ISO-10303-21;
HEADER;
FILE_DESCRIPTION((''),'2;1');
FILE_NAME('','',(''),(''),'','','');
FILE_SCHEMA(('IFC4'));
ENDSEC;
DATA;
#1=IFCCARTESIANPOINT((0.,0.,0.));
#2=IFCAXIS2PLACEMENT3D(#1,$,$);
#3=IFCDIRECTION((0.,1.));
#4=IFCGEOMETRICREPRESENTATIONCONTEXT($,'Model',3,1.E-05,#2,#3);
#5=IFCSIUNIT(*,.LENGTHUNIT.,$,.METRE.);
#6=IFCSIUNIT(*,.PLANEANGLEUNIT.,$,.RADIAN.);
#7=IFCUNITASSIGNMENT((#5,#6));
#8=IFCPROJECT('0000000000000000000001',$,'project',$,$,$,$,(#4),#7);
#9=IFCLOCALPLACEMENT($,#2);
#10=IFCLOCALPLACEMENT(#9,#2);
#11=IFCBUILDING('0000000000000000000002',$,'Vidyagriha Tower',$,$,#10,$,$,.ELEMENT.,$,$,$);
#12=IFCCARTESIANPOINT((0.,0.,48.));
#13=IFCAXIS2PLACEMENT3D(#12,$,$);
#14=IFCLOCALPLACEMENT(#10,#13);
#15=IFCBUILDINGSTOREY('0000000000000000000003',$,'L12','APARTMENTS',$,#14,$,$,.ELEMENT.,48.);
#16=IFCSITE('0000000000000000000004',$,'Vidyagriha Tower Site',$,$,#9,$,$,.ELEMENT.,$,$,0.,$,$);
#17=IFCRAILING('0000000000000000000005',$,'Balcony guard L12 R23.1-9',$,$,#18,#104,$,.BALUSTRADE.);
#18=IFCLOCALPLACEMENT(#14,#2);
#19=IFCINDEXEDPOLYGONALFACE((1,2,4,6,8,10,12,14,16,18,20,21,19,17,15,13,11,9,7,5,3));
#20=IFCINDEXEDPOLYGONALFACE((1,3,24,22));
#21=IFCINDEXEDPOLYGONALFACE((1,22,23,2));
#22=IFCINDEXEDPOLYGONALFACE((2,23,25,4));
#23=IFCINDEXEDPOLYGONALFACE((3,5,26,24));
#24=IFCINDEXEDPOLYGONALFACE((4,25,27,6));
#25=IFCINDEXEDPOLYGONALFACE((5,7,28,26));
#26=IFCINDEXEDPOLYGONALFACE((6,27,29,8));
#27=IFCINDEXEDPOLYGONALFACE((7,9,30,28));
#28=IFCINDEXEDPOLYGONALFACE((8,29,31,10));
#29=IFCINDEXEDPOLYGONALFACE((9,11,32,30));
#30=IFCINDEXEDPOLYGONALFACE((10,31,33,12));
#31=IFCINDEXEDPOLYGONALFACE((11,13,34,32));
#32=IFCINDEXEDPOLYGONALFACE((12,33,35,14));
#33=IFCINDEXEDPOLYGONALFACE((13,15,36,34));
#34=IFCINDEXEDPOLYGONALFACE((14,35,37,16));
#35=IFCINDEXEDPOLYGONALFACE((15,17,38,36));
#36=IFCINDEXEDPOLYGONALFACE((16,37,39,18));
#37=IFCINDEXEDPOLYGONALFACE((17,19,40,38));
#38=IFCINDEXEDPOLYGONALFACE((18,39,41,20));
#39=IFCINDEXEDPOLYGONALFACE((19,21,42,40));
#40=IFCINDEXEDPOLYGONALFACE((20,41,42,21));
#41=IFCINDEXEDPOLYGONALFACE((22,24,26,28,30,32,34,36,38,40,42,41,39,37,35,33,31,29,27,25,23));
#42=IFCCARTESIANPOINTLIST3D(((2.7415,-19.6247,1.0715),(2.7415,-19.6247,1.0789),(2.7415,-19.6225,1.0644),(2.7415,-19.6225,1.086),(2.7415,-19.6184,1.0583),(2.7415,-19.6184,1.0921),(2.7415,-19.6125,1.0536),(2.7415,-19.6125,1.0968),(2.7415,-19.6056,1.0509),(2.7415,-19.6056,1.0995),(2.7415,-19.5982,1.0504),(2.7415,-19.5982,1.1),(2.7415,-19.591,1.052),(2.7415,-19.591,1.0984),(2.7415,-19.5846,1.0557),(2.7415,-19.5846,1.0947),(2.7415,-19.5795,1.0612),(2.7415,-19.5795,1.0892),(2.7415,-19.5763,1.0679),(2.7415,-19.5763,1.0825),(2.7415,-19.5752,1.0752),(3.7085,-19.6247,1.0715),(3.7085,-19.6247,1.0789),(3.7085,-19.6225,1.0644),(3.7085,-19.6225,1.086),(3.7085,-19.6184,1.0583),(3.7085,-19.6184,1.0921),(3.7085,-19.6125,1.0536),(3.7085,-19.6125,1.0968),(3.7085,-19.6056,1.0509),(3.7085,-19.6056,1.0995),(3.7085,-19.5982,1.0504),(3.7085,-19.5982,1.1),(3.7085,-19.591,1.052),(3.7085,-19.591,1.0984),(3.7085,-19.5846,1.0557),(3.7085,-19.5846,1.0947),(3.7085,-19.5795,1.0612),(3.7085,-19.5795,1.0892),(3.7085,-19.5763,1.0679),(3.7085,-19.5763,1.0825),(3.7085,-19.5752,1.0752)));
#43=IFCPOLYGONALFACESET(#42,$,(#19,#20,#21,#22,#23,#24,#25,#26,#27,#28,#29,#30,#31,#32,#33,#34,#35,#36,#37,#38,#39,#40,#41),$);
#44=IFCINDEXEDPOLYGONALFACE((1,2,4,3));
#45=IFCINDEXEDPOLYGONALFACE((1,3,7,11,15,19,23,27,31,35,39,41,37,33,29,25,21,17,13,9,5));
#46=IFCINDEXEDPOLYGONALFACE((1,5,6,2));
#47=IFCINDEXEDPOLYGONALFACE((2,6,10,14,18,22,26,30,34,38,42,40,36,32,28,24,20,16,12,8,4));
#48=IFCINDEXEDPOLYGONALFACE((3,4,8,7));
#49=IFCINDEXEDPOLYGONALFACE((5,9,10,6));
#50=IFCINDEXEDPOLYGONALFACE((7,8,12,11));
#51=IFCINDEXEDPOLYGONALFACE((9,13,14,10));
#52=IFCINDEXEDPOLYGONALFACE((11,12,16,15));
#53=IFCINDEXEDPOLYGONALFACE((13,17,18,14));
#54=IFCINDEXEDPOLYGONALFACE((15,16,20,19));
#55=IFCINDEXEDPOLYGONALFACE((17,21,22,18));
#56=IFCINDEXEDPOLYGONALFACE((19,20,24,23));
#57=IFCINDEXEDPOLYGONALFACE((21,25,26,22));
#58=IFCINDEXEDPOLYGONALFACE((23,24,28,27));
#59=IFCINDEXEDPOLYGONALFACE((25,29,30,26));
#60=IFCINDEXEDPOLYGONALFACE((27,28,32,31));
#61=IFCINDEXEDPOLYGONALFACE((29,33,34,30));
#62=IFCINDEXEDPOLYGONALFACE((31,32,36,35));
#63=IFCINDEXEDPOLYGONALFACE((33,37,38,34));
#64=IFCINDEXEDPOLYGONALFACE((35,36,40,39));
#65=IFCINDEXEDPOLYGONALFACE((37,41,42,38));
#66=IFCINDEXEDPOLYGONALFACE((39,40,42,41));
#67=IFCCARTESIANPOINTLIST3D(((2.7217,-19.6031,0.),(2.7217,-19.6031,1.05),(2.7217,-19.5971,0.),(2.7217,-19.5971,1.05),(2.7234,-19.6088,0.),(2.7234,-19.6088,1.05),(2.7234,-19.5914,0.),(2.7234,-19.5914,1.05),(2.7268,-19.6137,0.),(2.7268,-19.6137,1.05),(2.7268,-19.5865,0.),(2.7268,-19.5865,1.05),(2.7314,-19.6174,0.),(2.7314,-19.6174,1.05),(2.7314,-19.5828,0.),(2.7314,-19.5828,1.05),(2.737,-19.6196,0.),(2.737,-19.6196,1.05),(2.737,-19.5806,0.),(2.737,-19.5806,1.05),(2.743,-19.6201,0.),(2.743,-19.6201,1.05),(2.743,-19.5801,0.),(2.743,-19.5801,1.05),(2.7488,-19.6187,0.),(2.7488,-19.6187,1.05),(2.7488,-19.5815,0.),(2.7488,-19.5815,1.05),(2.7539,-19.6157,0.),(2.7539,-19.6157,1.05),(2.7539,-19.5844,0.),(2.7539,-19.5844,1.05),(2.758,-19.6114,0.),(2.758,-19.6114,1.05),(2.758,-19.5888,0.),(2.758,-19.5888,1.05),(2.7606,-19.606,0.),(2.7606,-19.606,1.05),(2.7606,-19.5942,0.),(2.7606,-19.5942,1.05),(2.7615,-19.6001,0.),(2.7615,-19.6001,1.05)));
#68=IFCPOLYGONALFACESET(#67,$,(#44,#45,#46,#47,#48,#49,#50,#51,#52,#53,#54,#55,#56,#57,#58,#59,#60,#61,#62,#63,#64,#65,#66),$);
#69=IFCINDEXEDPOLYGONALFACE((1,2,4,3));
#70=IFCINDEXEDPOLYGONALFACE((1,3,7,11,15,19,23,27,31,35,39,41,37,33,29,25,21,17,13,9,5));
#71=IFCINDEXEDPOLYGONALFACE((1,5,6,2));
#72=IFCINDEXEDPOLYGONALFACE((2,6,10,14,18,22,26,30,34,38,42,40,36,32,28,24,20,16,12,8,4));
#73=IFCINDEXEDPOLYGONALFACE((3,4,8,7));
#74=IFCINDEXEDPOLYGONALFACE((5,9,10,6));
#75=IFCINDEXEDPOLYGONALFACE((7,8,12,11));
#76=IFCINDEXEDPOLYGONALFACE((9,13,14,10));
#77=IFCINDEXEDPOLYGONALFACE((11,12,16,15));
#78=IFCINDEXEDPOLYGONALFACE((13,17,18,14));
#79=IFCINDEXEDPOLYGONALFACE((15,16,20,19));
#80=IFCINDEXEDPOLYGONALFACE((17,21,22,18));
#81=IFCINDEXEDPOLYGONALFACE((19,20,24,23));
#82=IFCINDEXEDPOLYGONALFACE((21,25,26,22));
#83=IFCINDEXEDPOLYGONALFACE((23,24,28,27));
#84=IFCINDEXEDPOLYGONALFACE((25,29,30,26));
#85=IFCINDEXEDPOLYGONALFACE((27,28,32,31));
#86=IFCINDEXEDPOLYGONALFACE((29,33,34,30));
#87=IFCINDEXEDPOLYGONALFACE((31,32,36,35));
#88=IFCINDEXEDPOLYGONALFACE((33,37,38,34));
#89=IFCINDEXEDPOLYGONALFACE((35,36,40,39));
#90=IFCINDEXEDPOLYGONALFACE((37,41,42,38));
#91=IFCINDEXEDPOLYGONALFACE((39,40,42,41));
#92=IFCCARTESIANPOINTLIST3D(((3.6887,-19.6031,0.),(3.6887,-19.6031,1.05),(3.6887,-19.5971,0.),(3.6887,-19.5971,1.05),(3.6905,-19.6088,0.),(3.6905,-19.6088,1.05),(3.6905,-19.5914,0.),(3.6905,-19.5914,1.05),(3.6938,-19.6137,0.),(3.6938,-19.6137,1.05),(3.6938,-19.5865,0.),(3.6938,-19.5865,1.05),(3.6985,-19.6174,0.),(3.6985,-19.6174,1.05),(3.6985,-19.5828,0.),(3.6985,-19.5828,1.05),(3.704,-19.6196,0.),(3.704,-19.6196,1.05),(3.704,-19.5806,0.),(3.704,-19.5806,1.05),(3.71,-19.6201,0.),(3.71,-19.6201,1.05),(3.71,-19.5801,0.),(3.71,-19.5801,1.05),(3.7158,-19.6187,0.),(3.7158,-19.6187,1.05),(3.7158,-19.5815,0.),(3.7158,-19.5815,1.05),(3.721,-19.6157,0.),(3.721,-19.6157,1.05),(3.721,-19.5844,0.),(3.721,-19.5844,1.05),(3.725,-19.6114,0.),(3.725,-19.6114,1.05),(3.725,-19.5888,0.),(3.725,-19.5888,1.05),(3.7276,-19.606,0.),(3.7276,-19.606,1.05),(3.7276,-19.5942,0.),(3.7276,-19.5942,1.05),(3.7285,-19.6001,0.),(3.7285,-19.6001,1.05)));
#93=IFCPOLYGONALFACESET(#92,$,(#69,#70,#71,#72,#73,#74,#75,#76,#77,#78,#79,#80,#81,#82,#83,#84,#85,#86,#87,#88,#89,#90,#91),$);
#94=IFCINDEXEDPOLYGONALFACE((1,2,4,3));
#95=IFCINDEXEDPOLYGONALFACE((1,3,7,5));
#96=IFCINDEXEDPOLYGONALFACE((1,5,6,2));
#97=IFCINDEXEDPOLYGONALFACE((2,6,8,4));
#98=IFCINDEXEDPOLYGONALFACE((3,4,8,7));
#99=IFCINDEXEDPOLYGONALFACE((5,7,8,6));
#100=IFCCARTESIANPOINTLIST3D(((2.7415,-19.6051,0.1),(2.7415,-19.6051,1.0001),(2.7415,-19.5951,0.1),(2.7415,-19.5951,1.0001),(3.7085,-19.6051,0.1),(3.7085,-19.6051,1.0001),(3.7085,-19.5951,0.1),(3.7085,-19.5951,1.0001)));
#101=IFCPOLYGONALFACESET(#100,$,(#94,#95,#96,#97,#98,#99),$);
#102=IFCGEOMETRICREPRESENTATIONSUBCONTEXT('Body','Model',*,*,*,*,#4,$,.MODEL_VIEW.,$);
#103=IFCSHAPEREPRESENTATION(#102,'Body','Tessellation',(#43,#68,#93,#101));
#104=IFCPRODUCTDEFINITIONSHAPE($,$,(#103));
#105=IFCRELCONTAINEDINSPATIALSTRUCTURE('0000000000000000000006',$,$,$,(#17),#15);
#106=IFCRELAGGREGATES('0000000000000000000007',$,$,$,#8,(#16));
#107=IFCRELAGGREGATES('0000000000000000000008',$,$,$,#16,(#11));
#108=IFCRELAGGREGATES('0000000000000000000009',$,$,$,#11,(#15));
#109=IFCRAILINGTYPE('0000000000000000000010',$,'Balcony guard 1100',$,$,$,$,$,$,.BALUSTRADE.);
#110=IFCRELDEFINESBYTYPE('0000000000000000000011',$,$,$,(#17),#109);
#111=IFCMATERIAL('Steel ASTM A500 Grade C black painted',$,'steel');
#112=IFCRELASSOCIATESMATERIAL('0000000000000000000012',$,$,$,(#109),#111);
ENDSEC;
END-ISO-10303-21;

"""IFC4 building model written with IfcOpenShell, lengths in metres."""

from ifc_helpers import new_model, si_unit, direction, frame, origin, origin_2d, place, context, subcontext, project, spatial, rectangle, circle, extrude, material, type_object, element, save


model = new_model("IFC4")

# Units and contexts
model_context = context("Model", 3, precision=1e-05, world=origin(), true_north=direction((0.0, 1.0)))
body_context = subcontext(model_context, "Body", "Model", "MODEL_VIEW")
ifc_project = project(units=[si_unit("LENGTHUNIT", "METRE"), si_unit("PLANEANGLEUNIT", "RADIAN")], contexts=[model_context])

# Site, building, storey
site_placement = place(None, origin())
site = spatial("IfcSite", under=ifc_project, at=site_placement, Name="Vidyagriha Tower Site", CompositionType="ELEMENT", RefElevation=0.0)
building_placement = place(site_placement, origin())
building = spatial("IfcBuilding", under=site, at=building_placement, Name="Vidyagriha Tower", CompositionType="ELEMENT")
storey_placement = place(building_placement, frame((0.0, 0.0, 48.0)))
storey = spatial("IfcBuildingStorey", under=building, at=storey_placement, Name="L12", Description="APARTMENTS", CompositionType="ELEMENT", Elevation=48.0)

# Railing
ifc_material_1 = material(Name="Steel ASTM A500 Grade C black painted", Category="steel")
railing_type = type_object("IfcRailingType", Name="Balcony guard 1100", PredefinedType="BALUSTRADE", material=ifc_material_1)
railing_1_placement = place(storey_placement, frame((2.7415, -19.6001, 0.0)))
element("IfcRailing", 1, at=railing_1_placement, inside=storey, type_object=railing_type, Name="Balcony guard L12 R23.1-9", PredefinedType="BALUSTRADE", context=body_context, shape_type="SweptSolid", body=[
    extrude(circle(Radius=0.0249, at=origin_2d()), frame((0.0, 0.0, 1.0752), z_axis=(1.0, 0.0, 0.0), x_axis=(0.0, 1.0, 0.0)), (0.0, 0.0, 1.0), 0.967),
    extrude(circle(Radius=0.02, at=origin_2d()), origin(), (0.0, 0.0, 1.0), 1.05),
    extrude(circle(Radius=0.02, at=origin_2d()), frame((0.967, 0.0, 0.0)), (0.0, 0.0, 1.0), 1.05),
    extrude(rectangle(XDim=0.01, YDim=0.9001, at=origin_2d()), frame((0.0, 0.0, 0.55), z_axis=(1.0, 0.0, 0.0), x_axis=(0.0, 1.0, 0.0)), (0.0, 0.0, 1.0), 0.967),
])

save(model, "model.ifc")
